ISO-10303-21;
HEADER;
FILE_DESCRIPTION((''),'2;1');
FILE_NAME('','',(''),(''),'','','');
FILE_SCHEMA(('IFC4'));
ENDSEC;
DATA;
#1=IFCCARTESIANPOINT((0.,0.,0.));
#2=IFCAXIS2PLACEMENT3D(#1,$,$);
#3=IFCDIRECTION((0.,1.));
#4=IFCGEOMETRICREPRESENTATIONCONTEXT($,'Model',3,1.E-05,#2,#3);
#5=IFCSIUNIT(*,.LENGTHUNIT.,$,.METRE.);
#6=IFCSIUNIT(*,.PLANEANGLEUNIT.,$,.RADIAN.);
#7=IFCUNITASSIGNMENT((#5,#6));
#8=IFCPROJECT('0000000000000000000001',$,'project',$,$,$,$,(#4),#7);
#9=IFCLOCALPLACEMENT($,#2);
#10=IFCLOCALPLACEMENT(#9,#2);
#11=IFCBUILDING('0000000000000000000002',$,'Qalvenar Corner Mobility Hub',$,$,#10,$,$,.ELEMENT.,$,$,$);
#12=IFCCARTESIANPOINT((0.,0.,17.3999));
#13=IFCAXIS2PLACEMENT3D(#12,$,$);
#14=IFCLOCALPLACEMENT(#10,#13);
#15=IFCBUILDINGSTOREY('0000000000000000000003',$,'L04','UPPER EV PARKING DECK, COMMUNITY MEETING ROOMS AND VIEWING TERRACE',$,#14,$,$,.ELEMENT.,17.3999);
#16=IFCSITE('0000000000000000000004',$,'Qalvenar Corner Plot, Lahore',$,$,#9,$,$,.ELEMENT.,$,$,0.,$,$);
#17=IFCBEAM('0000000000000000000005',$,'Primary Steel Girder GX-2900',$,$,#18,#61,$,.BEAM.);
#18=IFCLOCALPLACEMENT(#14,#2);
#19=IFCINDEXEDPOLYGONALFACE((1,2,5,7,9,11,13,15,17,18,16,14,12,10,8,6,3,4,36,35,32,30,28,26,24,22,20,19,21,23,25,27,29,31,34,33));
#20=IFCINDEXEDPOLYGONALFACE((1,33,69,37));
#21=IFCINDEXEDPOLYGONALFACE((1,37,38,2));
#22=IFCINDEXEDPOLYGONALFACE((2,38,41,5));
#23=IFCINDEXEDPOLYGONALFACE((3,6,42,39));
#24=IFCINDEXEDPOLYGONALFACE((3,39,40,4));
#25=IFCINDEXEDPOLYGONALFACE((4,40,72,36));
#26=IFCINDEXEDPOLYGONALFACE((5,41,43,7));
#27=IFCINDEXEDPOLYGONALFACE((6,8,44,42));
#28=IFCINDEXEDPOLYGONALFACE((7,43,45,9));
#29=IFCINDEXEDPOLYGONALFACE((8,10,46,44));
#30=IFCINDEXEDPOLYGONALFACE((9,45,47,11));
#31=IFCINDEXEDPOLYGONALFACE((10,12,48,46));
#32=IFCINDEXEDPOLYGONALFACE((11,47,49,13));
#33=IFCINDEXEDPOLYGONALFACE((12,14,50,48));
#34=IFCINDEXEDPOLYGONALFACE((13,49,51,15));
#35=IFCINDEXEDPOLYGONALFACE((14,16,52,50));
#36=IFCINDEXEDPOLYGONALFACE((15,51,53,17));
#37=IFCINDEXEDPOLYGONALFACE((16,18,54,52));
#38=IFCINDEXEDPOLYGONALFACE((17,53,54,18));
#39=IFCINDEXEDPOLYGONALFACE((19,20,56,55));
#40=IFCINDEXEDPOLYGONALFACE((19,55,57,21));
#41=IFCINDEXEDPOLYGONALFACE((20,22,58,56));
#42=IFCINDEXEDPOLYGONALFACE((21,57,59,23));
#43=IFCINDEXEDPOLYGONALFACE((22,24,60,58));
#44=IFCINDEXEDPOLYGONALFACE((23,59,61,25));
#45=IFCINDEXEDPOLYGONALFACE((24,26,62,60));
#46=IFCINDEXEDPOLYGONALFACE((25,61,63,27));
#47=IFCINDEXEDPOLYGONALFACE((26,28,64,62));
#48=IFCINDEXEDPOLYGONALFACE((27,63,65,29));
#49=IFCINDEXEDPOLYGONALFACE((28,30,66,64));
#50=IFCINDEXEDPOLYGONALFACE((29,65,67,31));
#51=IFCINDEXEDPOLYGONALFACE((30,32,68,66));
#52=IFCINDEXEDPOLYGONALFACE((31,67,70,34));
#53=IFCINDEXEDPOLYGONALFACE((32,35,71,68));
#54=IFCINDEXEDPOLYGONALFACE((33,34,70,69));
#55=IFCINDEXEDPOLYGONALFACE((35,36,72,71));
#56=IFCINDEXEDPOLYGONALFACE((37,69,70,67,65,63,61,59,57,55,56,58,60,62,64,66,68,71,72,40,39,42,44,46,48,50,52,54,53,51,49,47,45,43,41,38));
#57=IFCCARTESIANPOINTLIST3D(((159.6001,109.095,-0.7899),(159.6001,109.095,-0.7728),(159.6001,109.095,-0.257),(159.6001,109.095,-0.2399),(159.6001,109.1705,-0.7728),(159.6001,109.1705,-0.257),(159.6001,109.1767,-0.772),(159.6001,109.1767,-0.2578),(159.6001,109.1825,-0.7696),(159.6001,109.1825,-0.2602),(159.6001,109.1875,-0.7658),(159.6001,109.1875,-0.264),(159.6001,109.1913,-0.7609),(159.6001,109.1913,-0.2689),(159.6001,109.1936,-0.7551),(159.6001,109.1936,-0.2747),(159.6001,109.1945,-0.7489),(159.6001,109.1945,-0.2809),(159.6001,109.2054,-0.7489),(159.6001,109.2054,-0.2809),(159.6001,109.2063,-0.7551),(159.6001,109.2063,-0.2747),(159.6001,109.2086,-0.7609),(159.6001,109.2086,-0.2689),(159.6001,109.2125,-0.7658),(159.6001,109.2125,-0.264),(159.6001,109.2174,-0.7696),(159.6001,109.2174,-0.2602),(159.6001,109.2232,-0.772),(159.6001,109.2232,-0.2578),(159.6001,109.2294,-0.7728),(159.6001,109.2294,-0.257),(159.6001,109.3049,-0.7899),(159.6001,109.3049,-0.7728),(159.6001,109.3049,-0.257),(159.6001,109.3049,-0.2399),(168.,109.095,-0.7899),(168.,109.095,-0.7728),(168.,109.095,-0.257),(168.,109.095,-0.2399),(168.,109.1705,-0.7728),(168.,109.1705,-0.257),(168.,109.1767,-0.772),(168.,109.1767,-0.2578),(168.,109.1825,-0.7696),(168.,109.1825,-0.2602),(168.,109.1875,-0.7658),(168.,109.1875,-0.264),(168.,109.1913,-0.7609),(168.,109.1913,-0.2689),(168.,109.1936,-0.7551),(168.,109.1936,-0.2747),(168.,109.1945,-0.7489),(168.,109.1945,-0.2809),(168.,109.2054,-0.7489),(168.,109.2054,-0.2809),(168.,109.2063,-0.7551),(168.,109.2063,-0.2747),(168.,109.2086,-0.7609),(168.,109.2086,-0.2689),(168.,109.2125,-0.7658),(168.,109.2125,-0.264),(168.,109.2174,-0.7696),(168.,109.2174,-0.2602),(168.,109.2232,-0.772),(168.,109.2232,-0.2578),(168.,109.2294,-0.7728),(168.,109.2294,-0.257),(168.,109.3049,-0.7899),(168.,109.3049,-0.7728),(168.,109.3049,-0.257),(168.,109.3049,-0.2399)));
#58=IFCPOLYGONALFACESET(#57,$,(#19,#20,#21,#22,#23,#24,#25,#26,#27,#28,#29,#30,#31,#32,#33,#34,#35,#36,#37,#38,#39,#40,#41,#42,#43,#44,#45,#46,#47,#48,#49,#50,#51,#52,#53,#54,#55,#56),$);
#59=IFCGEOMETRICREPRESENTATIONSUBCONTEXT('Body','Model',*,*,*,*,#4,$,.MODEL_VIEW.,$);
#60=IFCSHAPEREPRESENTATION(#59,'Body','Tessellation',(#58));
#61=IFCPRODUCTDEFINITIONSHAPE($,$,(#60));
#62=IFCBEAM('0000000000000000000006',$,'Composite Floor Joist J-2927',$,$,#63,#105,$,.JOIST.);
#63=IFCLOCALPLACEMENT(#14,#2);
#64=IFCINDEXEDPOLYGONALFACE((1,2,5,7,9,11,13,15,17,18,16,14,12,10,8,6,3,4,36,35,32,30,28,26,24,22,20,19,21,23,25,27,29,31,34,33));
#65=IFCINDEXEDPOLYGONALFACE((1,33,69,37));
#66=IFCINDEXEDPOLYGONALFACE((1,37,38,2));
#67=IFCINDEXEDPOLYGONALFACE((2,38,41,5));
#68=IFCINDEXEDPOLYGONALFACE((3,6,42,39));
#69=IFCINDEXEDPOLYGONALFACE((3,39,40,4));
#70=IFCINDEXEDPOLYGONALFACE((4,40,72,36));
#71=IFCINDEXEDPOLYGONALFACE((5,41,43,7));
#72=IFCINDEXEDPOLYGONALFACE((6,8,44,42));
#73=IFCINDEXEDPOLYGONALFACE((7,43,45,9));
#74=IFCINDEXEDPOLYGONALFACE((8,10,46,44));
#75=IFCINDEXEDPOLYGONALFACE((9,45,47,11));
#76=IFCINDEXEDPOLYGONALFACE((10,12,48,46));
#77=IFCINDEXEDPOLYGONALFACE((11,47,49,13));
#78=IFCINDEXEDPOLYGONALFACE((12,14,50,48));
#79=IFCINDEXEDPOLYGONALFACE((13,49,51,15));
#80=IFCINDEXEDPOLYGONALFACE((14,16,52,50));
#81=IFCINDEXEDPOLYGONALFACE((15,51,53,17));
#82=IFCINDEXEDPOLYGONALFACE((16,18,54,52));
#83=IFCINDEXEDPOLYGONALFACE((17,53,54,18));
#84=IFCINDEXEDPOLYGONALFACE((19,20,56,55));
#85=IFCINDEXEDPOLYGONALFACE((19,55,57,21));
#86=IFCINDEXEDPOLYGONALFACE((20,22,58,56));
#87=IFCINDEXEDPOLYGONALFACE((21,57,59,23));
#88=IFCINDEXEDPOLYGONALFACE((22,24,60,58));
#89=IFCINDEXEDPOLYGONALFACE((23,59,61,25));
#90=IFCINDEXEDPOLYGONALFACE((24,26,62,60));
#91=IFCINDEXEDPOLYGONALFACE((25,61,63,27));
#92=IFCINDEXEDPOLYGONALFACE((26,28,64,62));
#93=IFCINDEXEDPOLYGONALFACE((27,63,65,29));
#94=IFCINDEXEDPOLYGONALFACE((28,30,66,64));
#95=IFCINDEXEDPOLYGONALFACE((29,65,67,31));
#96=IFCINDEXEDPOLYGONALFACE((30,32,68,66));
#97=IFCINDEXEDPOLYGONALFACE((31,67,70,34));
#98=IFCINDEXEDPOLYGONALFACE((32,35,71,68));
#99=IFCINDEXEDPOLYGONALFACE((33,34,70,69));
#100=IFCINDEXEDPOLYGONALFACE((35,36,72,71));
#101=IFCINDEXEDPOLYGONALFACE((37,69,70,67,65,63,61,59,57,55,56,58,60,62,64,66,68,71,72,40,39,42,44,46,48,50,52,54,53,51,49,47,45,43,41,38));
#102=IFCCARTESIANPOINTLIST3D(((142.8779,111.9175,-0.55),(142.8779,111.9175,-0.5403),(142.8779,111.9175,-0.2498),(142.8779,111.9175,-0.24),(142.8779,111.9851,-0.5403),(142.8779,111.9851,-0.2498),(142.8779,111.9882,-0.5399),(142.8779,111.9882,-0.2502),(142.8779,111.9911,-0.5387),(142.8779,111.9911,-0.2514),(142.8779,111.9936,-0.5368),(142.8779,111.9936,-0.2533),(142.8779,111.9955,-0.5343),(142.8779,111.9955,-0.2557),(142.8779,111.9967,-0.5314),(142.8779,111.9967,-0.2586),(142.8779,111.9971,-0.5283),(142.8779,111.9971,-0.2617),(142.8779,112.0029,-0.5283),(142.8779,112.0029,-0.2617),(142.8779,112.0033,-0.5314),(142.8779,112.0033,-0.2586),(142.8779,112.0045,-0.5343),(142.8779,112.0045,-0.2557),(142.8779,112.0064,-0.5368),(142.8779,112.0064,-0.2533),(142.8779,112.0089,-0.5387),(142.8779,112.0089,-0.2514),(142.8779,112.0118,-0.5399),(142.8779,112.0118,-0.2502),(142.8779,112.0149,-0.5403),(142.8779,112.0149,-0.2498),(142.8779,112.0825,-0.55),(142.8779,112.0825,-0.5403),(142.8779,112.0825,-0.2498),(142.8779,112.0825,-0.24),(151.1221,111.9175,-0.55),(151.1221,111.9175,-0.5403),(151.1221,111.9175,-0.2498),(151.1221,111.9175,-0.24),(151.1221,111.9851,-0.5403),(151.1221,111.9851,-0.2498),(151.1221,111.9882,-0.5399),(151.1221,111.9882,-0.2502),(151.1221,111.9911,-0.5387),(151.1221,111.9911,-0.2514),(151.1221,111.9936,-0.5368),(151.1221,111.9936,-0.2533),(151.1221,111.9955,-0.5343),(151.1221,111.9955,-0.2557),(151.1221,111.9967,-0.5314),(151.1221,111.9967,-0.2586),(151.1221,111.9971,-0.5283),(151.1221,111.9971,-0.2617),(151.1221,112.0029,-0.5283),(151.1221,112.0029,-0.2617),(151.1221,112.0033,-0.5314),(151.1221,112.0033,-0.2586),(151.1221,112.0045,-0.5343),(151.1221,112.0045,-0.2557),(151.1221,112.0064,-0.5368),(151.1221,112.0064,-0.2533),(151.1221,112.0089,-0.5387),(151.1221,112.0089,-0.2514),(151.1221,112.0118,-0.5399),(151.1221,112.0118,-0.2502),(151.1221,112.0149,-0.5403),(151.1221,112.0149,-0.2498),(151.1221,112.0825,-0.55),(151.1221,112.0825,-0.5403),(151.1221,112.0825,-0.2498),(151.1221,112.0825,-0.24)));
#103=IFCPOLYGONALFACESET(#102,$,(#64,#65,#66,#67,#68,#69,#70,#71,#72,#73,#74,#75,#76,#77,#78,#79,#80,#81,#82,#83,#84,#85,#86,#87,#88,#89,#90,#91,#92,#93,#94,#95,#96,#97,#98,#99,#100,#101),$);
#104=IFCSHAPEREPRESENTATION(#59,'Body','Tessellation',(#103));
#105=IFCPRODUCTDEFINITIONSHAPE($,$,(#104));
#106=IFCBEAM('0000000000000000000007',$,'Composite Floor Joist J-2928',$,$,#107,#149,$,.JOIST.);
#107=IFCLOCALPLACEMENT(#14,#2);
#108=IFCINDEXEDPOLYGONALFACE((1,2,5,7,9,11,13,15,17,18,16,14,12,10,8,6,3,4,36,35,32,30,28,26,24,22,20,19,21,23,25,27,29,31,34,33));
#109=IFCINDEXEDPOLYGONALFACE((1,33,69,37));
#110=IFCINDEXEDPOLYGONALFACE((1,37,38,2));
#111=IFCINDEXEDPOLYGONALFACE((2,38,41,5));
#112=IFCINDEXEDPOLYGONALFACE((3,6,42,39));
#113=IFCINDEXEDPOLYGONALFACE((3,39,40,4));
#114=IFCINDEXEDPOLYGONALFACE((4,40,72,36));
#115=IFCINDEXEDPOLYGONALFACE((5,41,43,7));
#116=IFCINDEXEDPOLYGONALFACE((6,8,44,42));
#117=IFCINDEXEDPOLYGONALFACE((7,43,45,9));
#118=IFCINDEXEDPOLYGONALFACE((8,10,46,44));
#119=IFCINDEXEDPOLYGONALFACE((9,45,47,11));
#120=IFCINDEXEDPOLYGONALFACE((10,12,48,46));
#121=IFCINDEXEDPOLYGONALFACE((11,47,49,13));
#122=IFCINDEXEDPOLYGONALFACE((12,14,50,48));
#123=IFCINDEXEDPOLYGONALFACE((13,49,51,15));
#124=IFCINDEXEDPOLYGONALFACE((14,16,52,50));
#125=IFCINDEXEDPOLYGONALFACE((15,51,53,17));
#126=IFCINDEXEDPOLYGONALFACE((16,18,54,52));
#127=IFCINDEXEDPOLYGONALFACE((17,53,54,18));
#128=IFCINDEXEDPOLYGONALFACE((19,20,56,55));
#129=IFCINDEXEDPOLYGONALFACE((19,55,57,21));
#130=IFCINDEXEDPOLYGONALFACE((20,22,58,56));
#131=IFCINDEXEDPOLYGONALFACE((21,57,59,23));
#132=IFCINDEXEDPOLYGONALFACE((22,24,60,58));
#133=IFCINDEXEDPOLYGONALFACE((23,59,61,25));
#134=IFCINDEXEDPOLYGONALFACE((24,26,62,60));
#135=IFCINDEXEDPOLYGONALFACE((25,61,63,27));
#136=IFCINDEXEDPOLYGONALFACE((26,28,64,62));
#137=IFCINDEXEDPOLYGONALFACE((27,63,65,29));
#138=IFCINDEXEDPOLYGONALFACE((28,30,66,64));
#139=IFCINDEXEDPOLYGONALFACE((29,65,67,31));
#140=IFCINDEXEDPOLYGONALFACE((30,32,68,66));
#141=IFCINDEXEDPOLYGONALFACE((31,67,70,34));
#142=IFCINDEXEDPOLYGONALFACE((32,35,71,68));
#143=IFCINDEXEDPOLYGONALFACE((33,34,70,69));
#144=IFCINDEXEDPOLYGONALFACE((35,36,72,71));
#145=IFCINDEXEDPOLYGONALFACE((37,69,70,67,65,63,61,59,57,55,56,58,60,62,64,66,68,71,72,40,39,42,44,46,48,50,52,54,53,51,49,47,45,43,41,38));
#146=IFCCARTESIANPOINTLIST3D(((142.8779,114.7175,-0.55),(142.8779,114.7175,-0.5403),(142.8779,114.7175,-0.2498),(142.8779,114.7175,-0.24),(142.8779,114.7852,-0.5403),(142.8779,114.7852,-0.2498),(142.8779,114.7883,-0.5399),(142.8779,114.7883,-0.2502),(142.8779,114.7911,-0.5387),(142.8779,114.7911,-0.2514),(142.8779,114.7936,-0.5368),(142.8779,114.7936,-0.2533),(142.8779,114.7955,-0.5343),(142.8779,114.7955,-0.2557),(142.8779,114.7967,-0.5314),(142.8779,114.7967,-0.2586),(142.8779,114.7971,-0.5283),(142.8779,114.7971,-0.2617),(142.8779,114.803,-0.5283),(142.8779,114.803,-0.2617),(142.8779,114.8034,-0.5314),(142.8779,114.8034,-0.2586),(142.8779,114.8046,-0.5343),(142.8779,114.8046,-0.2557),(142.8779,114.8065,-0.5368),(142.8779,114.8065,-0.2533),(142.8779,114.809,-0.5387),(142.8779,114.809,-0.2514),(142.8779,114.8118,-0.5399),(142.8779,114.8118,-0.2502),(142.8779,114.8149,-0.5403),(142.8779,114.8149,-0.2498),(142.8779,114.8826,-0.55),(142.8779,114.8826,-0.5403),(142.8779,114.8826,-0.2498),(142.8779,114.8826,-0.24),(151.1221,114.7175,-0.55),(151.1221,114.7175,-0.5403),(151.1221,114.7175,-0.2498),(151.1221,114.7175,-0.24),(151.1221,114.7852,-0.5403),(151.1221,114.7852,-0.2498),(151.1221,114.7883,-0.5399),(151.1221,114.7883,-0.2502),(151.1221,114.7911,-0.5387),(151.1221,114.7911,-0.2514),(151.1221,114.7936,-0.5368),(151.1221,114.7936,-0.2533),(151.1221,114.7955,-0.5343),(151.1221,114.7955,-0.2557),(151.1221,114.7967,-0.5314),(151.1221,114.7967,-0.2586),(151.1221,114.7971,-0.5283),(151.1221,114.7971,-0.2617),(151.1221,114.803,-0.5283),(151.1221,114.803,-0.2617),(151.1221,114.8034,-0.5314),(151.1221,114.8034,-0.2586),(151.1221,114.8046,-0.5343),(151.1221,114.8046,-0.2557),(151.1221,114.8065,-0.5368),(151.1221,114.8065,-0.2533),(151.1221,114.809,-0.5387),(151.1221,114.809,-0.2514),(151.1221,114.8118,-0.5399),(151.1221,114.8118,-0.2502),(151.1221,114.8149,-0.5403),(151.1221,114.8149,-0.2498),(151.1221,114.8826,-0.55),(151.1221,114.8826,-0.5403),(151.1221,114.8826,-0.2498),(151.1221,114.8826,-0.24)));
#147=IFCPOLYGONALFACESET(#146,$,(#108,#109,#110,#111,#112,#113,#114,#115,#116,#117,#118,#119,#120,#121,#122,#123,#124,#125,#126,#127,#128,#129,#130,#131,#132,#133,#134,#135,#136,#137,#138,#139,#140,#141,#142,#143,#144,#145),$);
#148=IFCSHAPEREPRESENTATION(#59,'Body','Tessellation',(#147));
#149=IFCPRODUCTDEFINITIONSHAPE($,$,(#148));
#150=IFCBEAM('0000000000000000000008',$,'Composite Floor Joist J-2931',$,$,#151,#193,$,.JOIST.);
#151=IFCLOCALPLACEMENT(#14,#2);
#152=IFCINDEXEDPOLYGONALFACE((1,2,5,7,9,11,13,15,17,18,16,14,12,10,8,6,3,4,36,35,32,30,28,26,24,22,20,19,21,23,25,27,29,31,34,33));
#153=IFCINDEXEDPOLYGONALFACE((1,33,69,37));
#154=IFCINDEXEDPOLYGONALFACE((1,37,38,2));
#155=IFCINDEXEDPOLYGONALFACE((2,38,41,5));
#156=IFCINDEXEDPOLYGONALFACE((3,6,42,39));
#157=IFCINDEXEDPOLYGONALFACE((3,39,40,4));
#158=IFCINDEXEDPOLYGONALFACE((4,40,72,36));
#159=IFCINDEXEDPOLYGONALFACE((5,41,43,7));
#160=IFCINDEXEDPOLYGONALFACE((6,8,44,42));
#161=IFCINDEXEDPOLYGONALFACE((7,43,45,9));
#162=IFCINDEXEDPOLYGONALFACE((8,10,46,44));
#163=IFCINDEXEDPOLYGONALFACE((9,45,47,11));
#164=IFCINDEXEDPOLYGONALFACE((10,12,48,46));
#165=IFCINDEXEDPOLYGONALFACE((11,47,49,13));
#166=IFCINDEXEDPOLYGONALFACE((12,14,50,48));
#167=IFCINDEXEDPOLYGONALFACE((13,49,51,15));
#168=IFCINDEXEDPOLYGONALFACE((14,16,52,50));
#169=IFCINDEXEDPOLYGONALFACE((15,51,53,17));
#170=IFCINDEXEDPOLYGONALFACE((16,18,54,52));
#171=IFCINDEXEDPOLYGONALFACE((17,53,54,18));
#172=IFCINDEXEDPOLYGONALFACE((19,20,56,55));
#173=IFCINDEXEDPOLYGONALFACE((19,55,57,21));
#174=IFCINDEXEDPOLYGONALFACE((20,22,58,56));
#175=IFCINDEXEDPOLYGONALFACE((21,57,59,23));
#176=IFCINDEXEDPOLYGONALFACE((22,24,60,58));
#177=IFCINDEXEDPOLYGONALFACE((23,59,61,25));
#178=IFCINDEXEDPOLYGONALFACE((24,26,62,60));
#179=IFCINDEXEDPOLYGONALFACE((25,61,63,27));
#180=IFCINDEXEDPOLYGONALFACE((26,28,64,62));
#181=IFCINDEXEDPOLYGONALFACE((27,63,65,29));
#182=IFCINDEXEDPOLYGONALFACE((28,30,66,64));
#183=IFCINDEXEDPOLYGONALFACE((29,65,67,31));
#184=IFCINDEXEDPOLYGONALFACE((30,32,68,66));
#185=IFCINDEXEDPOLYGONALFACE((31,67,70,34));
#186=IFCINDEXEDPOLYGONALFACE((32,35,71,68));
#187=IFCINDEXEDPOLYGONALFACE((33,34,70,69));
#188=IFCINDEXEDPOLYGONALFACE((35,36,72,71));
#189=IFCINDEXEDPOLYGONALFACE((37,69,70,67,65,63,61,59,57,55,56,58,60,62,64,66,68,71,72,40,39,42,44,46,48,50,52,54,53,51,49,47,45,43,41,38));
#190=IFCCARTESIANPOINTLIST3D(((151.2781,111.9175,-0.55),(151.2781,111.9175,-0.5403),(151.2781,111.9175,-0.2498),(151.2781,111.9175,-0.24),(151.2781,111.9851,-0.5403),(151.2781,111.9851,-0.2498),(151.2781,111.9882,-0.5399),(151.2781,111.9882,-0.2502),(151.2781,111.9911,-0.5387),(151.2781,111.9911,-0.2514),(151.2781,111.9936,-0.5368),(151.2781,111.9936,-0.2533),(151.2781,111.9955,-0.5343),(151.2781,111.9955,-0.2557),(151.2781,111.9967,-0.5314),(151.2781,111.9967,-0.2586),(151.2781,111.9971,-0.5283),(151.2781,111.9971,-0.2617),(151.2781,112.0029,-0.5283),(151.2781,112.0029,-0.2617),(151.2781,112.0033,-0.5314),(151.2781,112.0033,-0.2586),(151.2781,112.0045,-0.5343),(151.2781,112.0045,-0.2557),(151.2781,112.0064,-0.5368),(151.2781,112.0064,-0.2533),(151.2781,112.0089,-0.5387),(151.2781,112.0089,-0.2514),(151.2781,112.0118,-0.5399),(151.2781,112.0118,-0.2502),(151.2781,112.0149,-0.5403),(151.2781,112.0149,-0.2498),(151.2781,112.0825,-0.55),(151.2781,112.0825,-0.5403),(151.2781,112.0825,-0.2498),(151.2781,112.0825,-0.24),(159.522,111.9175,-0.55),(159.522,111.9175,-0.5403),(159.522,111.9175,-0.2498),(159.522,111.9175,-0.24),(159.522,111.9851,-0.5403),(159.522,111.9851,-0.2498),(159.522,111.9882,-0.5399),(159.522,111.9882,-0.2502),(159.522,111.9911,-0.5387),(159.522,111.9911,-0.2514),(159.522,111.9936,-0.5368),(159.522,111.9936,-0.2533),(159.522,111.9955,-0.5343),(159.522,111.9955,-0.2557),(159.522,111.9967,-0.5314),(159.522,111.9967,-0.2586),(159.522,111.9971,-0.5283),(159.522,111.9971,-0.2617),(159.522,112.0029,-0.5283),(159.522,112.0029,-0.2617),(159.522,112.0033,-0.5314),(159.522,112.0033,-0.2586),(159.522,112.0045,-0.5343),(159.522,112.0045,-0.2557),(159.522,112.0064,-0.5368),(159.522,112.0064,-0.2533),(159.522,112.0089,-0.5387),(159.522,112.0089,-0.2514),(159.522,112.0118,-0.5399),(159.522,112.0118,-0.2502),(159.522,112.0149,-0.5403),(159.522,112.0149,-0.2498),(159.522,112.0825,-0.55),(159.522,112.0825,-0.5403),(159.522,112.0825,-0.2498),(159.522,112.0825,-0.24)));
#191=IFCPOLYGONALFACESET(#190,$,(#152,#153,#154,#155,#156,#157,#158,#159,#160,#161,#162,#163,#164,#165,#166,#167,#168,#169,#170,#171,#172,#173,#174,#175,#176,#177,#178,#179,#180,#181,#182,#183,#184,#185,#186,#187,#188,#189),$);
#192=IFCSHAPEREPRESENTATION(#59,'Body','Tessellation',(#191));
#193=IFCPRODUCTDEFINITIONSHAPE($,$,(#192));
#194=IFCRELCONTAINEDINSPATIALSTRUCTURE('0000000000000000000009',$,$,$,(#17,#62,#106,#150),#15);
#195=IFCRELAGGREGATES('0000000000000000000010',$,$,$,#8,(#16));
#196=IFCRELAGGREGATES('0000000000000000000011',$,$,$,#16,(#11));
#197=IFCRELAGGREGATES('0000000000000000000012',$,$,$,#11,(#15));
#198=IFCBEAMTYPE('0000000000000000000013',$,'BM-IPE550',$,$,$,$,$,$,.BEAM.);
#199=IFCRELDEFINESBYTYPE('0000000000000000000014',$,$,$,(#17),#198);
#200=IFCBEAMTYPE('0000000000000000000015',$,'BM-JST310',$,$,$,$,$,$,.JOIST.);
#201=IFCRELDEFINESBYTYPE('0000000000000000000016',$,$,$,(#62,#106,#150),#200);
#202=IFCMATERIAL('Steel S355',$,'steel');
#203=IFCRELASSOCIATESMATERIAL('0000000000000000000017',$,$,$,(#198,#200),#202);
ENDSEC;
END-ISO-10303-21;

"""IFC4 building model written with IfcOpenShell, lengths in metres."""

from ifc_helpers import new_model, si_unit, direction, frame, origin, origin_2d, place, context, subcontext, project, spatial, i_section, extrude, material, material_profile, profile_set, type_object, element, save


model = new_model("IFC4")

# Units and contexts
model_context = context("Model", 3, precision=1e-05, world=origin(), true_north=direction((0.0, 1.0)))
body_context = subcontext(model_context, "Body", "Model", "MODEL_VIEW")
ifc_project = project(units=[si_unit("LENGTHUNIT", "METRE"), si_unit("PLANEANGLEUNIT", "RADIAN")], contexts=[model_context])

# Site, building, storey
site_placement = place(None, origin())
site = spatial("IfcSite", under=ifc_project, at=site_placement, Name="Qalvenar Corner Plot, Lahore", CompositionType="ELEMENT", RefElevation=0.0)
building_placement = place(site_placement, origin())
building = spatial("IfcBuilding", under=site, at=building_placement, Name="Qalvenar Corner Mobility Hub", CompositionType="ELEMENT")
storey_placement = place(building_placement, frame((0.0, 0.0, 17.3999)))
storey = spatial("IfcBuildingStorey", under=building, at=storey_placement, Name="L04", Description="UPPER EV PARKING DECK, COMMUNITY MEETING ROOMS AND VIEWING TERRACE", CompositionType="ELEMENT", Elevation=17.3999)

# Shared definitions
ifc_material_1 = material(Name="Steel S355", Category="steel")

# Beams
ifc_material_profile_1 = material_profile(ifc_material_1, i_section(OverallWidth=0.21, OverallDepth=0.55, WebThickness=0.011, FlangeThickness=0.0171, FilletRadius=0.0239, at=origin_2d()), Name="IPE550")
ifc_profile_set_1 = profile_set([ifc_material_profile_1], Name="Steel S355")
beam_type_1 = type_object("IfcBeamType", Name="BM-IPE550", PredefinedType="BEAM", material=ifc_profile_set_1)
beam_1_placement = place(storey_placement, frame((159.6001, 109.2, -0.5149), z_axis=(1.0, 0.0, 0.0), x_axis=(0.0, 1.0, 0.0)))
element("IfcBeam", 1, at=beam_1_placement, inside=storey, type_object=beam_type_1, Name="Primary Steel Girder GX-2900", PredefinedType="BEAM", context=body_context, shape_type="SweptSolid", body=[
    extrude(i_section(OverallWidth=0.21, OverallDepth=0.55, WebThickness=0.011, FlangeThickness=0.0171, FilletRadius=0.0239, at=origin_2d()), origin(), (0.0, 0.0, 1.0), 8.3999),
])
ifc_material_profile_2 = material_profile(ifc_material_1, i_section(OverallWidth=0.165, OverallDepth=0.3101, WebThickness=0.0059, FlangeThickness=0.0098, FilletRadius=0.012, at=origin_2d()), Name="W310x38.7")
ifc_profile_set_2 = profile_set([ifc_material_profile_2], Name="Steel S355")
beam_type_2 = type_object("IfcBeamType", Name="BM-JST310", PredefinedType="JOIST", material=ifc_profile_set_2)
for number, where, z_axis, x_axis, name in (
    (2, (142.8779, 112.0, -0.395), (1.0, 0.0, 0.0), (0.0, 1.0, 0.0), "Composite Floor Joist J-2927"),
    (3, (142.8779, 114.8, -0.395), (1.0, 0.0, 0.0), (0.0, 1.0, 0.0), "Composite Floor Joist J-2928"),
):
    element("IfcBeam", number, at=place(storey_placement, frame(where, z_axis=z_axis, x_axis=x_axis)), inside=storey, type_object=beam_type_2, Name=name, PredefinedType="JOIST", context=body_context, shape_type="SweptSolid", body=[
        extrude(i_section(OverallWidth=0.165, OverallDepth=0.3101, WebThickness=0.0059, FlangeThickness=0.0098, FilletRadius=0.012, at=origin_2d()), origin(), (0.0, 0.0, 1.0), 8.2441),
    ])
for number, where, z_axis, x_axis, name in (
    (4, (151.2781, 112.0, -0.395), (1.0, 0.0, 0.0), (0.0, 1.0, 0.0), "Composite Floor Joist J-2931"),
):
    element("IfcBeam", number, at=place(storey_placement, frame(where, z_axis=z_axis, x_axis=x_axis)), inside=storey, type_object=beam_type_2, Name=name, PredefinedType="JOIST", context=body_context, shape_type="SweptSolid", body=[
        extrude(i_section(OverallWidth=0.165, OverallDepth=0.3101, WebThickness=0.0059, FlangeThickness=0.0098, FilletRadius=0.012, at=origin_2d()), origin(), (0.0, 0.0, 1.0), 8.2439),
    ])

save(model, "model.ifc")
